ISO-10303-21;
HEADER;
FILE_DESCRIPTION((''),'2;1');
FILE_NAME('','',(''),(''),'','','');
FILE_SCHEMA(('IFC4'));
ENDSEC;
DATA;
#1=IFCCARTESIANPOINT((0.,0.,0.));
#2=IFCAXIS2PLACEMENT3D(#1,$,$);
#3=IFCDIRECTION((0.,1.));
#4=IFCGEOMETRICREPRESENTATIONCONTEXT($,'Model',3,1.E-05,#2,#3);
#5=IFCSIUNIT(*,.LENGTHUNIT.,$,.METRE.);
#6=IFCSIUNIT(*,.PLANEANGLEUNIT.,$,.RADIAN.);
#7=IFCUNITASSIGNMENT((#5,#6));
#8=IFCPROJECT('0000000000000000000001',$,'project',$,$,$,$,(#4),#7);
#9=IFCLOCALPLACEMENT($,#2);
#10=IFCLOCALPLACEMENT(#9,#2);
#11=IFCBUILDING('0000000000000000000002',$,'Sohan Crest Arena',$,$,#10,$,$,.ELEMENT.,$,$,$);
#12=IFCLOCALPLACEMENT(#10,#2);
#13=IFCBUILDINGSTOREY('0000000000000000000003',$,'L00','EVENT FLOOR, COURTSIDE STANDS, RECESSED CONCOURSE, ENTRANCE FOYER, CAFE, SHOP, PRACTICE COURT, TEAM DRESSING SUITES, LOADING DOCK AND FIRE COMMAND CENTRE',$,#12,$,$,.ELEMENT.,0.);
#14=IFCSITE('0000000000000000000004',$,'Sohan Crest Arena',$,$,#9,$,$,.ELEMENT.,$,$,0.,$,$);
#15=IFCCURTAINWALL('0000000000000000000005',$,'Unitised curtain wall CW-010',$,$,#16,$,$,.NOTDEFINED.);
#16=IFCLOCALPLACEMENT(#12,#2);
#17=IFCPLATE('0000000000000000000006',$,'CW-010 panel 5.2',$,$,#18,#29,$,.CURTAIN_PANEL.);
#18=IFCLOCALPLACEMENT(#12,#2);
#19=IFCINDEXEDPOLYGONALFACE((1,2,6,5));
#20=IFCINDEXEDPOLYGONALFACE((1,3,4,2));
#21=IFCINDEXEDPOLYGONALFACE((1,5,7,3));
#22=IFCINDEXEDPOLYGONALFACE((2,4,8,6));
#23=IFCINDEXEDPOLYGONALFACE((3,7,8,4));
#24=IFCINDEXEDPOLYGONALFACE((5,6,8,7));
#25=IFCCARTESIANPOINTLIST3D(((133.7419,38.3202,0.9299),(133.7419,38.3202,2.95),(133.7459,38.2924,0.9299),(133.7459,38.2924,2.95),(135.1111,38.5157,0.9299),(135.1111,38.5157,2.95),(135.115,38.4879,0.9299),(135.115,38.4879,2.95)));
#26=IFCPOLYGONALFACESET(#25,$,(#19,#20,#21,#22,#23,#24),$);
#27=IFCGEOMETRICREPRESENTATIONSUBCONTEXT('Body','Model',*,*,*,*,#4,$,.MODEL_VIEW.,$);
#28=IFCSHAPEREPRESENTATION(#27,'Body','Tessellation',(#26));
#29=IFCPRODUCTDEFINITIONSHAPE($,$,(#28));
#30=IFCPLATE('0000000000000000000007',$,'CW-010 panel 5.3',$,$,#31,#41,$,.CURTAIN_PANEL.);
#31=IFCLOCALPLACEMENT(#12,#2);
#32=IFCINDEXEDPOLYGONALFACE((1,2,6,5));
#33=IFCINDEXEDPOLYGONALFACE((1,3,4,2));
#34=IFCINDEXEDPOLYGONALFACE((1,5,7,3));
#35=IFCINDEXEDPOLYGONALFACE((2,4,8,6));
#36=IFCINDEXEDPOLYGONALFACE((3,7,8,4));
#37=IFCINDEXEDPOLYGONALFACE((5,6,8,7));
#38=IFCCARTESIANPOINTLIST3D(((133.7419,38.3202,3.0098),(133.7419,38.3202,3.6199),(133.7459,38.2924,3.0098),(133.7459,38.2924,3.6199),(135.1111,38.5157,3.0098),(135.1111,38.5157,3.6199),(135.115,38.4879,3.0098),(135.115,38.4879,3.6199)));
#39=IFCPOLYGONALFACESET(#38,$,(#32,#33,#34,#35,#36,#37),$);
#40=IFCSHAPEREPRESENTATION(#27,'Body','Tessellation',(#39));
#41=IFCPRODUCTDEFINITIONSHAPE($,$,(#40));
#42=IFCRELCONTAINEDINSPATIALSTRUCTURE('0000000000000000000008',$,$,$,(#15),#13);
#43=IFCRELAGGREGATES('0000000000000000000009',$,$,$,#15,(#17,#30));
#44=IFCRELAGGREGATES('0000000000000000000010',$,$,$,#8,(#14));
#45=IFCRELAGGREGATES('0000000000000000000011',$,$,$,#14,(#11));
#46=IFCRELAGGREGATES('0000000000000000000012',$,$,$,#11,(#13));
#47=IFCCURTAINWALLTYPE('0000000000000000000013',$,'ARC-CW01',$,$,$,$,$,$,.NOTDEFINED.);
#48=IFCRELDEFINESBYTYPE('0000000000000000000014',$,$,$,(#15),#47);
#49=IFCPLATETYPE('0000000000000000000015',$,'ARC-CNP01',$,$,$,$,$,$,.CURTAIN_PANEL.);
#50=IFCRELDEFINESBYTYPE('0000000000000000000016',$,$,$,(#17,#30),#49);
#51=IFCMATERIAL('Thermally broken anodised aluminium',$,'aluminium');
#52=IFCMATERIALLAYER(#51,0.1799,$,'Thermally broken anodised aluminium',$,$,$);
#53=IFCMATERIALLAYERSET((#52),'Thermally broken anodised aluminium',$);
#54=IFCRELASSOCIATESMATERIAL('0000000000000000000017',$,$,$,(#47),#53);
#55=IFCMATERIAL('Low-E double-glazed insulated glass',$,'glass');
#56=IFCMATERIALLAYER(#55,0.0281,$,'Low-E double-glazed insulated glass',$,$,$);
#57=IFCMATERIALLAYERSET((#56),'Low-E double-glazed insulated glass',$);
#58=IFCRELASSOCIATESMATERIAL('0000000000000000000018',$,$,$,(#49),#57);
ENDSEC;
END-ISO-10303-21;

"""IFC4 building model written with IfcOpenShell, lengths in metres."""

from ifc_helpers import new_model, si_unit, direction, frame, origin, origin_2d, place, context, subcontext, project, spatial, rectangle, extrude, material, layer, layer_set, type_object, element, aggregate, save


model = new_model("IFC4")

# Units and contexts
model_context = context("Model", 3, precision=1e-05, world=origin(), true_north=direction((0.0, 1.0)))
body_context = subcontext(model_context, "Body", "Model", "MODEL_VIEW")
ifc_project = project(units=[si_unit("LENGTHUNIT", "METRE"), si_unit("PLANEANGLEUNIT", "RADIAN")], contexts=[model_context])

# Site, building, storey
site_placement = place(None, origin())
site = spatial("IfcSite", under=ifc_project, at=site_placement, Name="Sohan Crest Arena", CompositionType="ELEMENT", RefElevation=0.0)
building_placement = place(site_placement, origin())
building = spatial("IfcBuilding", under=site, at=building_placement, Name="Sohan Crest Arena", CompositionType="ELEMENT")
storey_placement = place(building_placement, origin())
storey = spatial("IfcBuildingStorey", under=building, at=storey_placement, Name="L00", Description="EVENT FLOOR, COURTSIDE STANDS, RECESSED CONCOURSE, ENTRANCE FOYER, CAFE, SHOP, PRACTICE COURT, TEAM DRESSING SUITES, LOADING DOCK AND FIRE COMMAND CENTRE", CompositionType="ELEMENT", Elevation=0.0)

# Curtain wall, plates
ifc_material_1 = material(Name="Thermally broken anodised aluminium", Category="aluminium")
ifc_layer_1 = layer(ifc_material_1, 0.1799, Name="Thermally broken anodised aluminium")
ifc_layer_set_1 = layer_set([ifc_layer_1], Name="Thermally broken anodised aluminium")
curtain_wall_type = type_object("IfcCurtainWallType", Name="ARC-CW01", PredefinedType="NOTDEFINED", material=ifc_layer_set_1)
curtain_wall_placement = place(storey_placement, origin())
curtain_wall = element("IfcCurtainWall", 1, at=curtain_wall_placement, inside=storey, type_object=curtain_wall_type, Name="Unitised curtain wall CW-010", PredefinedType="NOTDEFINED")
ifc_material_2 = material(Name="Low-E double-glazed insulated glass", Category="glass")
ifc_layer_2 = layer(ifc_material_2, 0.0281, Name="Low-E double-glazed insulated glass")
ifc_layer_set_2 = layer_set([ifc_layer_2], Name="Low-E double-glazed insulated glass")
plate_type = type_object("IfcPlateType", Name="ARC-CNP01", PredefinedType="CURTAIN_PANEL", material=ifc_layer_set_2)
plate_1_placement = place(storey_placement, frame((134.4285, 38.4041, 0.9299), z_axis=(0.0, 0.0, 1.0), x_axis=(0.989957, 0.141366, 0.0)))
plate_1 = element("IfcPlate", 2, at=plate_1_placement, type_object=plate_type, Name="CW-010 panel 5.2", PredefinedType="CURTAIN_PANEL", context=body_context, shape_type="SweptSolid", body=[
    extrude(rectangle(XDim=1.3831, YDim=0.0281, at=origin_2d()), origin(), (0.0, 0.0, 1.0), 2.02),
])
plate_2_placement = place(storey_placement, frame((134.4285, 38.4041, 3.0098), z_axis=(0.0, 0.0, 1.0), x_axis=(0.989957, 0.141366, 0.0)))
plate_2 = element("IfcPlate", 3, at=plate_2_placement, type_object=plate_type, Name="CW-010 panel 5.3", PredefinedType="CURTAIN_PANEL", context=body_context, shape_type="SweptSolid", body=[
    extrude(rectangle(XDim=1.3831, YDim=0.0281, at=origin_2d()), origin(), (0.0, 0.0, 1.0), 0.6101),
])
aggregate(curtain_wall, [plate_1, plate_2])

save(model, "model.ifc")
